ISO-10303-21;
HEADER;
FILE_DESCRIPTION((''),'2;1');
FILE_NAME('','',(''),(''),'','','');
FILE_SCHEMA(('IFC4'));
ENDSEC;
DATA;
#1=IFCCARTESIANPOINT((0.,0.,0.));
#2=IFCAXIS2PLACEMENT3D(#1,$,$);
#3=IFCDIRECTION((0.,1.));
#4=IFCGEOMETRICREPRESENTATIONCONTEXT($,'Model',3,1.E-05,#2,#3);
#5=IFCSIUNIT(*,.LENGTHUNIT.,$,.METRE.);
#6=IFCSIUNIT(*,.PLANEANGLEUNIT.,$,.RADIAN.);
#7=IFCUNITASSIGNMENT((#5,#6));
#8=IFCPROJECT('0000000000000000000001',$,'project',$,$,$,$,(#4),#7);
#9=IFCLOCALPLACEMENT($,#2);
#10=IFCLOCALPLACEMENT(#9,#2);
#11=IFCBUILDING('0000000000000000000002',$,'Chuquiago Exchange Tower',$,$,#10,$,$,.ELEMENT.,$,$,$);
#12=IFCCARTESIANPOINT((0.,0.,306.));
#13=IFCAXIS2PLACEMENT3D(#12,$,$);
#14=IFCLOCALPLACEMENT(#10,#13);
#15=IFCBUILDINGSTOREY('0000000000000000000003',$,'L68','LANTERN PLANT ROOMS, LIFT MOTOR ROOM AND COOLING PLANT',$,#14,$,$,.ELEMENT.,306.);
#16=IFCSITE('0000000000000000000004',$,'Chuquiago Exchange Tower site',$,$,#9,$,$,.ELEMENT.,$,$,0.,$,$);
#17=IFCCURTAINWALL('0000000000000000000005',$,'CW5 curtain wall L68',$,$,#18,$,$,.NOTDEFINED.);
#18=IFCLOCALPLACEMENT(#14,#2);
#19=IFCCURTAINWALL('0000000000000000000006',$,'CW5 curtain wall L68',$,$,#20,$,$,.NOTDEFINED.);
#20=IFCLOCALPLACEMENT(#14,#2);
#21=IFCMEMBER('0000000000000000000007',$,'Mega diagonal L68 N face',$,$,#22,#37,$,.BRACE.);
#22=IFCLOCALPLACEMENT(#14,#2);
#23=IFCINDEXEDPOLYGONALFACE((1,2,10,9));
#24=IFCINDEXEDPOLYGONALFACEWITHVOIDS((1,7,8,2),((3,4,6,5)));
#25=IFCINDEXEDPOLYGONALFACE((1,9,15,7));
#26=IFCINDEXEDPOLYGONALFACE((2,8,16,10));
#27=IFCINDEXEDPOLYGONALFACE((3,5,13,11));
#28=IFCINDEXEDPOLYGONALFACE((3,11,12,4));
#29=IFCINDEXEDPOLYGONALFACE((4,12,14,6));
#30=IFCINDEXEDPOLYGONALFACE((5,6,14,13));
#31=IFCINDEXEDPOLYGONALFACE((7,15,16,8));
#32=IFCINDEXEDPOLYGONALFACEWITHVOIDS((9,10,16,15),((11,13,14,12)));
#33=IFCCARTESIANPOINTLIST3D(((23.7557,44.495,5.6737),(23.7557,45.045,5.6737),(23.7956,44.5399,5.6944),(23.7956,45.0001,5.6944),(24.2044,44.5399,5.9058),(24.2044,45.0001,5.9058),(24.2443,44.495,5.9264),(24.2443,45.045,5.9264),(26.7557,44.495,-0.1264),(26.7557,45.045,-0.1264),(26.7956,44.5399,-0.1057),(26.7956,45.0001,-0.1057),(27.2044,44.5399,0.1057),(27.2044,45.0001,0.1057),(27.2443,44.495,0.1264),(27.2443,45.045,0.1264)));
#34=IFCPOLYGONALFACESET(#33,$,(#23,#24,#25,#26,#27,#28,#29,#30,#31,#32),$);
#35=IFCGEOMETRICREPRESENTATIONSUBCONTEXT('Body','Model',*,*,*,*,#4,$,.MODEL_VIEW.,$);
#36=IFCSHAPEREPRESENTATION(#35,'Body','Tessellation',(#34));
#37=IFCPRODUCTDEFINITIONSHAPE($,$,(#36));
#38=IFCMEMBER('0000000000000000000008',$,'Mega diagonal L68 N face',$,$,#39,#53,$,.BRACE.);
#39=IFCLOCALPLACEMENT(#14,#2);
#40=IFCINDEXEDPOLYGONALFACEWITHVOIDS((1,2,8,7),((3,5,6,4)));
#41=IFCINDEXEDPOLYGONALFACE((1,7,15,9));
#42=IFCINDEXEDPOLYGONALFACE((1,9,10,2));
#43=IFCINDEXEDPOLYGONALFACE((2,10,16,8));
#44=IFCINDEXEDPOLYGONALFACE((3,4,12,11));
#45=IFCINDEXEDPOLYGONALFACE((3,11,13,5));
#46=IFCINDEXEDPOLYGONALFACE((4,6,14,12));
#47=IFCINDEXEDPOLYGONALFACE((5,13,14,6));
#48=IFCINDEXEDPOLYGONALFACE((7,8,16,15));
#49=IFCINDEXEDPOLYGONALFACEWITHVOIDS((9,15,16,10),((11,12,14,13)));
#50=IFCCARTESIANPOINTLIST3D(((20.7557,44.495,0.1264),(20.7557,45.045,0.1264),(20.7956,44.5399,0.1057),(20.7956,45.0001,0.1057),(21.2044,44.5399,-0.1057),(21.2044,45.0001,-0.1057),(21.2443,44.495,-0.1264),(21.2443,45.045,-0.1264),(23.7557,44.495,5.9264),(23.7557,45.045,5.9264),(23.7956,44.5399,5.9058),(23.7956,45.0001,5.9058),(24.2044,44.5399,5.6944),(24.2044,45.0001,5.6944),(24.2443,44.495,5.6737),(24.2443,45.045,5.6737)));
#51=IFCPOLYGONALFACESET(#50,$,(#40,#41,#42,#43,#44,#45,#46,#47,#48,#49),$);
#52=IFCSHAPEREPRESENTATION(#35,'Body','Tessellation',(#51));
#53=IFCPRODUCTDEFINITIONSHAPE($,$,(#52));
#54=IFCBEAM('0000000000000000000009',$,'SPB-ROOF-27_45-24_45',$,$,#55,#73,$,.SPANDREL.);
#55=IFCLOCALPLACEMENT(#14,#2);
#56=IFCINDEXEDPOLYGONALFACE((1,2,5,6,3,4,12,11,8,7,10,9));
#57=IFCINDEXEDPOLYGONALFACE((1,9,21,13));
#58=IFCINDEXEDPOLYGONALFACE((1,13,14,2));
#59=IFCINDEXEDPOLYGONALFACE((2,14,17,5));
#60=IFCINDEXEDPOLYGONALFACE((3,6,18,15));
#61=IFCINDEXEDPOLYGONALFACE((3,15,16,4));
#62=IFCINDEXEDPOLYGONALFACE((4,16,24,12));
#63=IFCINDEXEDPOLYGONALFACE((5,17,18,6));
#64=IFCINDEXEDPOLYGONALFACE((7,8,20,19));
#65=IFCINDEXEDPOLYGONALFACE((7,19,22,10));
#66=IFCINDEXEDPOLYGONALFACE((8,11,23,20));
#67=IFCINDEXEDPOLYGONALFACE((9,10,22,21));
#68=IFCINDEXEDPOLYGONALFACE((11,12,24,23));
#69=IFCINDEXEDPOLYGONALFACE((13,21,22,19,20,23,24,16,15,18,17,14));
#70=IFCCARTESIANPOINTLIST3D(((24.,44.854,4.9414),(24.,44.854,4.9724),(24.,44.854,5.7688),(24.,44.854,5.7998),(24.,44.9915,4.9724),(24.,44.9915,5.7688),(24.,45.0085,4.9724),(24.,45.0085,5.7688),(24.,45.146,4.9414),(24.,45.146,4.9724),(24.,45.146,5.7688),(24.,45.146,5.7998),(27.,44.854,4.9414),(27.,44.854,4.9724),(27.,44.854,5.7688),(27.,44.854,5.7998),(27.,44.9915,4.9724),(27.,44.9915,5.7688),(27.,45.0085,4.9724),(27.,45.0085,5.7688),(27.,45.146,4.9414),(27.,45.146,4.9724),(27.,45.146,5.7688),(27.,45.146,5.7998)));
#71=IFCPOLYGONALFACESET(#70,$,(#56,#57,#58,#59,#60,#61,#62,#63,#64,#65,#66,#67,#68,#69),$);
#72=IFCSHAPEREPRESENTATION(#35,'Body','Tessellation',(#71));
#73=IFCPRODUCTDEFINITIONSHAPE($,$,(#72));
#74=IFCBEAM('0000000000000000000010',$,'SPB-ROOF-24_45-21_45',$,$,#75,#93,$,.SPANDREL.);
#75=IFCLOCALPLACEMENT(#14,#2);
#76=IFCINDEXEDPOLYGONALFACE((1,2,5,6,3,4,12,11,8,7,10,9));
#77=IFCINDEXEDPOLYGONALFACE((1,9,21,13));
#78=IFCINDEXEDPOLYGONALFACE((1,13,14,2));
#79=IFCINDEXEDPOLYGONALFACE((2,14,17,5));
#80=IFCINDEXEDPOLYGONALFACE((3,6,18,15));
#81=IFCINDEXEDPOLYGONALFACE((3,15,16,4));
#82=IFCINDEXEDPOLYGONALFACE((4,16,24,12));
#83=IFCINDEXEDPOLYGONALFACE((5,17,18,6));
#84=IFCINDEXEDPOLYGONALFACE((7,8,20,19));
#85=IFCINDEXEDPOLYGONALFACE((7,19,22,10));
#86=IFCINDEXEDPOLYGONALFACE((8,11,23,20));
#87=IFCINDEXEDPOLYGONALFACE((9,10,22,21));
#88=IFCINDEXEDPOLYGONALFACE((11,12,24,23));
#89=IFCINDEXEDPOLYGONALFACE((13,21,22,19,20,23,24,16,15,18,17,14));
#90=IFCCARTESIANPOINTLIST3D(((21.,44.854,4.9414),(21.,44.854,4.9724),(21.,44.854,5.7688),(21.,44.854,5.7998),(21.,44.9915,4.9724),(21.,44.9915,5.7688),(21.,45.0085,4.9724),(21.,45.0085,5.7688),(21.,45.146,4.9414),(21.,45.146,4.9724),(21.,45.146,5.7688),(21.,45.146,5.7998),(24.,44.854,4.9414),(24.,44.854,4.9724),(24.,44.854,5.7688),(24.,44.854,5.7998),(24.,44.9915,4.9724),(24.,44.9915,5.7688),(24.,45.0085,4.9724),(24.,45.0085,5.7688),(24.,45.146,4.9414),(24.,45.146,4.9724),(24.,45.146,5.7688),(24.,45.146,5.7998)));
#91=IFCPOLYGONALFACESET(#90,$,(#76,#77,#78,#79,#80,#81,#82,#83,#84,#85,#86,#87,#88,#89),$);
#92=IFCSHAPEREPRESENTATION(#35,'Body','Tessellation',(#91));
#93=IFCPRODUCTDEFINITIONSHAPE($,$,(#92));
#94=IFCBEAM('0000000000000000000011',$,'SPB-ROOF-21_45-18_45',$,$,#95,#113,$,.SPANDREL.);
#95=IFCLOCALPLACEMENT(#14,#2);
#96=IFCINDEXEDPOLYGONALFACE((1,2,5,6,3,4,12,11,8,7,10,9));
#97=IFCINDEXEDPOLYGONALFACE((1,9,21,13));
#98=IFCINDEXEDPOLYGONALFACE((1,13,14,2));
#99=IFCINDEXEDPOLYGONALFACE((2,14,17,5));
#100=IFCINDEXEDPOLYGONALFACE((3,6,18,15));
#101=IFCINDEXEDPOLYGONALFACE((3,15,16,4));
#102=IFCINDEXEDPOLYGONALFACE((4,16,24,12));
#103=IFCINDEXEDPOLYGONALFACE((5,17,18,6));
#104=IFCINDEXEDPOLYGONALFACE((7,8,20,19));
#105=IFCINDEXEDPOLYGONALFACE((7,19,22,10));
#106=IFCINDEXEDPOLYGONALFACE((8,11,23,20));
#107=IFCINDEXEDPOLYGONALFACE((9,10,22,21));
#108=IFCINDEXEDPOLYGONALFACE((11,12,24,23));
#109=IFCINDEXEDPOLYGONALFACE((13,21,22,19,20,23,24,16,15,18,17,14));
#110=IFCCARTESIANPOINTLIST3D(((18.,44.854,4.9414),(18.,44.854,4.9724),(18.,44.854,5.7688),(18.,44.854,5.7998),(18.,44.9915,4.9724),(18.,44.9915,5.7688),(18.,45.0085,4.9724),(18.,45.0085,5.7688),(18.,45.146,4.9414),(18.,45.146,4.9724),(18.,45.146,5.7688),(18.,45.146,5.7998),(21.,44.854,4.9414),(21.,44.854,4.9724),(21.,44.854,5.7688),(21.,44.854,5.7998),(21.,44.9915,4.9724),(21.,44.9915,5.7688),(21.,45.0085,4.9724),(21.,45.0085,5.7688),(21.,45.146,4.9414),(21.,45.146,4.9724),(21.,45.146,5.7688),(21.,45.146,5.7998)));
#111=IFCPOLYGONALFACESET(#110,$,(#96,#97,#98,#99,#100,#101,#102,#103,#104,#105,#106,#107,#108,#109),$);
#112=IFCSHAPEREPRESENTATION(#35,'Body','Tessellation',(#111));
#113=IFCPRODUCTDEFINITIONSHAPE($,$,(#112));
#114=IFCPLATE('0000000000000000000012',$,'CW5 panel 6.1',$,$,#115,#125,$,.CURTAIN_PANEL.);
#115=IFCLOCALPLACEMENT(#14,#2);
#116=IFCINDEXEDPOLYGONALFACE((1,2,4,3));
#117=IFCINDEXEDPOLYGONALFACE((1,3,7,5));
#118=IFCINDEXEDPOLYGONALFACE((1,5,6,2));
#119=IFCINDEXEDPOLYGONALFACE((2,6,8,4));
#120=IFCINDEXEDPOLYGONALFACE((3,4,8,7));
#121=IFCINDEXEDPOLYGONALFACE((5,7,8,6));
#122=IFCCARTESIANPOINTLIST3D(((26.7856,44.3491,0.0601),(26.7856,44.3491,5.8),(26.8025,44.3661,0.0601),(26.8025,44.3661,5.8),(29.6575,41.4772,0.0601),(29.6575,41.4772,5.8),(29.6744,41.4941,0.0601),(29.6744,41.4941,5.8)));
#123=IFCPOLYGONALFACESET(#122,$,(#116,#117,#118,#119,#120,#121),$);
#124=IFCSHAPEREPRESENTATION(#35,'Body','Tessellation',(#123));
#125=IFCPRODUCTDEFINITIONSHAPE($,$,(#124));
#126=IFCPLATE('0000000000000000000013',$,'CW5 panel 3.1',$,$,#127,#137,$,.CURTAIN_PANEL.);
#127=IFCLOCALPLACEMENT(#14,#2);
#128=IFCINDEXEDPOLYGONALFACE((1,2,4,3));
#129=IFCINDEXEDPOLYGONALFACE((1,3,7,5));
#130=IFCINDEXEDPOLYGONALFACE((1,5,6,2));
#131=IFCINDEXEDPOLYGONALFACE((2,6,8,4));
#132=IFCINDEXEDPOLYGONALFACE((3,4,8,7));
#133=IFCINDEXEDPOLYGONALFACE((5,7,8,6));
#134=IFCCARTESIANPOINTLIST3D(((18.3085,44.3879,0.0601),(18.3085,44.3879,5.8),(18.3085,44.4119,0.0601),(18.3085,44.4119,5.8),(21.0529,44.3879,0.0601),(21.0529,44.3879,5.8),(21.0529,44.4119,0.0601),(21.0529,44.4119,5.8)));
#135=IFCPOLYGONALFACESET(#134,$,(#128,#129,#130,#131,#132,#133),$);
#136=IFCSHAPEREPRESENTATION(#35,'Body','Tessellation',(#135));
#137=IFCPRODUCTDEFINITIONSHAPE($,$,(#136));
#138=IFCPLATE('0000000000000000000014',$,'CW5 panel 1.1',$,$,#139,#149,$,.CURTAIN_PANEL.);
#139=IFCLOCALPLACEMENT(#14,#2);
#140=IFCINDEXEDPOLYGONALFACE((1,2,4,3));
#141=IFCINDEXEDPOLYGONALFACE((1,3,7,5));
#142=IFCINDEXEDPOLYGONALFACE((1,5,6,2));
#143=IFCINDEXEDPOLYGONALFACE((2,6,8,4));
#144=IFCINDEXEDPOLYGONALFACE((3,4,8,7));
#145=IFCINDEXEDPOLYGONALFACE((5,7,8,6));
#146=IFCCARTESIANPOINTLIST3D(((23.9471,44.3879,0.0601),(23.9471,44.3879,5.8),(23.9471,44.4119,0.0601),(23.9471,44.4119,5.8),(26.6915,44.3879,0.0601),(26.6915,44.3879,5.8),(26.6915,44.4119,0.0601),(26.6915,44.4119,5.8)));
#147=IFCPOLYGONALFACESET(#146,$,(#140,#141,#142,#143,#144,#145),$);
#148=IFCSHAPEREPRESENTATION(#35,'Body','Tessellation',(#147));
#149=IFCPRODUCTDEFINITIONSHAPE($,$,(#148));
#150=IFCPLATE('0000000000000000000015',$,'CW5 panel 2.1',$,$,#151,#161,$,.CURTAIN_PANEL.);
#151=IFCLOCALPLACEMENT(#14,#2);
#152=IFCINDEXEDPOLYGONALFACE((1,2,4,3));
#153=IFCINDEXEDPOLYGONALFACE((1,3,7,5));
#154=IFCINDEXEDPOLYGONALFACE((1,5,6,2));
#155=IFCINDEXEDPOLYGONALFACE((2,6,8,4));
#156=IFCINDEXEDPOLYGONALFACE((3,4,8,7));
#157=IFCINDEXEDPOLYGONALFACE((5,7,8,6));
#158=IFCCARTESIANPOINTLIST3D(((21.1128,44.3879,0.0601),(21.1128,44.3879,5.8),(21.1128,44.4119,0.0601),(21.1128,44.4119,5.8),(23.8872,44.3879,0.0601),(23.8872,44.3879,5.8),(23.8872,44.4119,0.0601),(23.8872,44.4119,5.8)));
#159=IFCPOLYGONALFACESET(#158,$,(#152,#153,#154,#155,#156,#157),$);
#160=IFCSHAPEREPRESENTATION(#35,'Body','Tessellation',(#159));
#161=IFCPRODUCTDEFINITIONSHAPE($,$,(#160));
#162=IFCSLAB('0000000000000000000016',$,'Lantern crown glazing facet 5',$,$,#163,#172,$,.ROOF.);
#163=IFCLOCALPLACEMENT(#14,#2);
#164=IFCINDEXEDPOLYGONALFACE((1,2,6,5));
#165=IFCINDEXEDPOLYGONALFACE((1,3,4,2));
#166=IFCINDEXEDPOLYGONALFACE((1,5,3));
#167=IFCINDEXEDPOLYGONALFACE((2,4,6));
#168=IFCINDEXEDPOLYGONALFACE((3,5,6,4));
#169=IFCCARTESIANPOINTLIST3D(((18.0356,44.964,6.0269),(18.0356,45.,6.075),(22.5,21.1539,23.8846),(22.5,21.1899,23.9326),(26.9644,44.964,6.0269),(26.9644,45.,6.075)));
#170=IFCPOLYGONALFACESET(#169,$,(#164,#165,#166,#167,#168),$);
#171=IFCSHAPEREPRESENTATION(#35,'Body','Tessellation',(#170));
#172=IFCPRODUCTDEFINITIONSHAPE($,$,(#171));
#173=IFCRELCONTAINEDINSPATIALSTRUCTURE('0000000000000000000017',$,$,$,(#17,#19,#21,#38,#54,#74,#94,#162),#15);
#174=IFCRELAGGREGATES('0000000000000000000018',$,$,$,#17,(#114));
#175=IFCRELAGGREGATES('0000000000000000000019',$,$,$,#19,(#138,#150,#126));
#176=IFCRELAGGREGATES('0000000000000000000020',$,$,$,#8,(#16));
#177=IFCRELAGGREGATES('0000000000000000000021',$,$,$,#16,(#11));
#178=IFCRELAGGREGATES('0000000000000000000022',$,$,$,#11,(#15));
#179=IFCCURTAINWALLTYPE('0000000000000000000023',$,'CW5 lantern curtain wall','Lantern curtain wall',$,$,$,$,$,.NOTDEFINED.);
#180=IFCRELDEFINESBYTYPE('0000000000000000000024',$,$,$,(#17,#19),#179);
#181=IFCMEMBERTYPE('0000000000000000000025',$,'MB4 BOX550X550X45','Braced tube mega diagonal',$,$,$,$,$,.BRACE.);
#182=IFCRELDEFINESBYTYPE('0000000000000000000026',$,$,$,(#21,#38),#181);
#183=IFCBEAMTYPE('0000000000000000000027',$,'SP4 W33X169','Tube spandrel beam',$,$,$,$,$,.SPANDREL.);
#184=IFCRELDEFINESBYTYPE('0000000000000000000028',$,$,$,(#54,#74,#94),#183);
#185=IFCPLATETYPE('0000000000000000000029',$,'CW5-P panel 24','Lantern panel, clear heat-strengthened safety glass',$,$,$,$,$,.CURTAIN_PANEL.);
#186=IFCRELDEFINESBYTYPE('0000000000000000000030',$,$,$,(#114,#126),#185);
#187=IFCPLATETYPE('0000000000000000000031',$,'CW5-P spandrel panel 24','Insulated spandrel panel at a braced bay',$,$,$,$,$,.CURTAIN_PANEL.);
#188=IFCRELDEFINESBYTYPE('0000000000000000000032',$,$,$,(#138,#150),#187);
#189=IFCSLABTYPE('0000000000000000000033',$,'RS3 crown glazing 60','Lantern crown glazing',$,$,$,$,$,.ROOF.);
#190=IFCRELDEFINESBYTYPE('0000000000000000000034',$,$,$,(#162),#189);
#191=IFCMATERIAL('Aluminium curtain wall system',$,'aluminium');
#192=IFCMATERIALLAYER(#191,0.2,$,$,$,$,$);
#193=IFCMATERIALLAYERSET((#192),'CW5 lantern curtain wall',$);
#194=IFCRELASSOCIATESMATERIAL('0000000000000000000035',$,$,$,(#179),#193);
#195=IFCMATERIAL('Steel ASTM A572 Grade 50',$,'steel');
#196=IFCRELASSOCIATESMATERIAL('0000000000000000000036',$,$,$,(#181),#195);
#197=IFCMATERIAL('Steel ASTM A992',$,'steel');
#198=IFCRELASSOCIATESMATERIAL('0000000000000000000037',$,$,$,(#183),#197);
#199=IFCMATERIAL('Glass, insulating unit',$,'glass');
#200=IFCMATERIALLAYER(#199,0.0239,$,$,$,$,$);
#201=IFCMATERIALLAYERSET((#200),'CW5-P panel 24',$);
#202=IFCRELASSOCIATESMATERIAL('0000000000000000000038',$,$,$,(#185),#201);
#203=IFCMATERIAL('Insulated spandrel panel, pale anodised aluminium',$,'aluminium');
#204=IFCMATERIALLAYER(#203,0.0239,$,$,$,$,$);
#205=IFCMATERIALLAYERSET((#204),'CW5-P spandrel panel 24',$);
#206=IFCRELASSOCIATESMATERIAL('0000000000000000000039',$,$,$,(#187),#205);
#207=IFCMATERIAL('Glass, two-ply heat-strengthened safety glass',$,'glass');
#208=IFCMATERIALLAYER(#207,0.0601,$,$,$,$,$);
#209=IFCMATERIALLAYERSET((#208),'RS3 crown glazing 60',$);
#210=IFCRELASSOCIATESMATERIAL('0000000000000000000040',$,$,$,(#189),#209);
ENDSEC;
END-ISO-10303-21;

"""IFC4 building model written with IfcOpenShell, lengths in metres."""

from ifc_helpers import new_model, si_unit, direction, frame, origin, origin_2d, place, context, subcontext, project, spatial, polyline, rectangle, hollow_rectangle, i_section, outline, extrude, material, layer, layer_set, material_profile, profile_set, type_object, element, aggregate, save


model = new_model("IFC4")

# Units and contexts
model_context = context("Model", 3, precision=1e-05, world=origin(), true_north=direction((0.0, 1.0)))
body_context = subcontext(model_context, "Body", "Model", "MODEL_VIEW")
ifc_project = project(units=[si_unit("LENGTHUNIT", "METRE"), si_unit("PLANEANGLEUNIT", "RADIAN")], contexts=[model_context])

# Site, building, storey
site_placement = place(None, origin())
site = spatial("IfcSite", under=ifc_project, at=site_placement, Name="Chuquiago Exchange Tower site", CompositionType="ELEMENT", RefElevation=0.0)
building_placement = place(site_placement, origin())
building = spatial("IfcBuilding", under=site, at=building_placement, Name="Chuquiago Exchange Tower", CompositionType="ELEMENT")
storey_placement = place(building_placement, frame((0.0, 0.0, 306.0)))
storey = spatial("IfcBuildingStorey", under=building, at=storey_placement, Name="L68", Description="LANTERN PLANT ROOMS, LIFT MOTOR ROOM AND COOLING PLANT", CompositionType="ELEMENT", Elevation=306.0)

# Curtain wall
ifc_material_1 = material(Name="Aluminium curtain wall system", Category="aluminium")
ifc_layer_1 = layer(ifc_material_1, 0.2)
ifc_layer_set_1 = layer_set([ifc_layer_1], Name="CW5 lantern curtain wall")
curtain_wall_type = type_object("IfcCurtainWallType", Name="CW5 lantern curtain wall", Description="Lantern curtain wall", PredefinedType="NOTDEFINED", material=ifc_layer_set_1)
curtain_wall_1_placement = place(storey_placement, origin())
curtain_wall_1 = element("IfcCurtainWall", 1, at=curtain_wall_1_placement, inside=storey, type_object=curtain_wall_type, Name="CW5 curtain wall L68", PredefinedType="NOTDEFINED")

# Curtain wall
curtain_wall_2_placement = place(storey_placement, origin())
curtain_wall_2 = element("IfcCurtainWall", 2, at=curtain_wall_2_placement, inside=storey, type_object=curtain_wall_type, Name="CW5 curtain wall L68", PredefinedType="NOTDEFINED")

# Members
ifc_material_2 = material(Name="Steel ASTM A572 Grade 50", Category="steel")
ifc_material_profile_1 = material_profile(ifc_material_2, hollow_rectangle(XDim=0.55, YDim=0.55, WallThickness=0.0449, at=origin_2d()), Name="BOX550X550X45")
ifc_profile_set_1 = profile_set([ifc_material_profile_1], Name="Steel ASTM A572 Grade 50")
member_type_1 = type_object("IfcMemberType", Name="MB4 BOX550X550X45", Description="Braced tube mega diagonal", PredefinedType="BRACE", material=ifc_profile_set_1)
for number, where, z_axis, x_axis, name in (
    (3, (27.0, 44.77, 0.0), (-0.45942, 0.0, 0.888219), (0.0, -1.0, 0.0), "Mega diagonal L68 N face"),
    (4, (21.0, 44.77, 0.0), (0.45942, 0.0, 0.888219), (0.0, 1.0, 0.0), "Mega diagonal L68 N face"),
):
    element("IfcMember", number, at=place(storey_placement, frame(where, z_axis=z_axis, x_axis=x_axis)), inside=storey, type_object=member_type_1, Name=name, PredefinedType="BRACE", context=body_context, shape_type="SweptSolid", body=[
        extrude(hollow_rectangle(XDim=0.55, YDim=0.55, WallThickness=0.0449, at=origin_2d()), origin(), (0.0, 0.0, 1.0), 6.53),
    ])

# Beams
ifc_material_3 = material(Name="Steel ASTM A992", Category="steel")
ifc_material_profile_2 = material_profile(ifc_material_3, i_section(OverallWidth=0.292, OverallDepth=0.8584, WebThickness=0.0171, FlangeThickness=0.031, at=origin_2d()), Name="W33X169")
ifc_profile_set_2 = profile_set([ifc_material_profile_2], Name="Steel ASTM A992")
beam_type = type_object("IfcBeamType", Name="SP4 W33X169", Description="Tube spandrel beam", PredefinedType="SPANDREL", material=ifc_profile_set_2)
for number, where, z_axis, x_axis, name in (
    (5, (27.0, 45.0, 5.3706), (-1.0, 0.0, 0.0), (0.0, -1.0, 0.0), "SPB-ROOF-27_45-24_45"),
    (6, (24.0, 45.0, 5.3706), (-1.0, 0.0, 0.0), (0.0, -1.0, 0.0), "SPB-ROOF-24_45-21_45"),
    (7, (21.0, 45.0, 5.3706), (-1.0, 0.0, 0.0), (0.0, -1.0, 0.0), "SPB-ROOF-21_45-18_45"),
):
    element("IfcBeam", number, at=place(storey_placement, frame(where, z_axis=z_axis, x_axis=x_axis)), inside=storey, type_object=beam_type, Name=name, PredefinedType="SPANDREL", context=body_context, shape_type="SweptSolid", body=[
        extrude(i_section(OverallWidth=0.292, OverallDepth=0.8584, WebThickness=0.0171, FlangeThickness=0.031, at=origin_2d()), origin(), (0.0, 0.0, 1.0), 3.0),
    ])

# Plates
ifc_material_4 = material(Name="Glass, insulating unit", Category="glass")
ifc_layer_2 = layer(ifc_material_4, 0.0239)
ifc_layer_set_2 = layer_set([ifc_layer_2], Name="CW5-P panel 24")
plate_type_1 = type_object("IfcPlateType", Name="CW5-P panel 24", Description="Lantern panel, clear heat-strengthened safety glass", PredefinedType="CURTAIN_PANEL", material=ifc_layer_set_2)
plate_1_placement = place(storey_placement, frame((28.23, 42.9216, 0.0601), z_axis=(0.0, 0.0, 1.0), x_axis=(-0.707105, 0.707109, 0.0)))
plate_1 = element("IfcPlate", 8, at=plate_1_placement, type_object=plate_type_1, Name="CW5 panel 6.1", PredefinedType="CURTAIN_PANEL", context=body_context, shape_type="SweptSolid", body=[
    extrude(rectangle(XDim=4.0615, YDim=0.0239, at=origin_2d()), origin(), (0.0, 0.0, 1.0), 5.74),
])
aggregate(curtain_wall_1, [plate_1])
plate_2_placement = place(storey_placement, frame((19.6807, 44.3999, 0.0601), z_axis=(0.0, 0.0, 1.0), x_axis=(-1.0, 0.0, 0.0)))
plate_2 = element("IfcPlate", 9, at=plate_2_placement, type_object=plate_type_1, Name="CW5 panel 3.1", PredefinedType="CURTAIN_PANEL", context=body_context, shape_type="SweptSolid", body=[
    extrude(rectangle(XDim=2.7444, YDim=0.0239, at=origin_2d()), origin(), (0.0, 0.0, 1.0), 5.74),
])
ifc_material_5 = material(Name="Insulated spandrel panel, pale anodised aluminium", Category="aluminium")
ifc_layer_3 = layer(ifc_material_5, 0.0239)
ifc_layer_set_3 = layer_set([ifc_layer_3], Name="CW5-P spandrel panel 24")
plate_type_2 = type_object("IfcPlateType", Name="CW5-P spandrel panel 24", Description="Insulated spandrel panel at a braced bay", PredefinedType="CURTAIN_PANEL", material=ifc_layer_set_3)
plate_3_placement = place(storey_placement, frame((25.3193, 44.3999, 0.0601), z_axis=(0.0, 0.0, 1.0), x_axis=(-1.0, 0.0, 0.0)))
plate_3 = element("IfcPlate", 10, at=plate_3_placement, type_object=plate_type_2, Name="CW5 panel 1.1", PredefinedType="CURTAIN_PANEL", context=body_context, shape_type="SweptSolid", body=[
    extrude(rectangle(XDim=2.7444, YDim=0.0239, at=origin_2d()), origin(), (0.0, 0.0, 1.0), 5.74),
])
plate_4_placement = place(storey_placement, frame((22.5, 44.3999, 0.0601), z_axis=(0.0, 0.0, 1.0), x_axis=(-1.0, 0.0, 0.0)))
plate_4 = element("IfcPlate", 11, at=plate_4_placement, type_object=plate_type_2, Name="CW5 panel 2.1", PredefinedType="CURTAIN_PANEL", context=body_context, shape_type="SweptSolid", body=[
    extrude(rectangle(XDim=2.7744, YDim=0.0239, at=origin_2d()), origin(), (0.0, 0.0, 1.0), 5.74),
])
aggregate(curtain_wall_2, [plate_3, plate_4, plate_2])

# Slab
ifc_material_6 = material(Name="Glass, two-ply heat-strengthened safety glass", Category="glass")
ifc_layer_4 = layer(ifc_material_6, 0.0601)
ifc_layer_set_4 = layer_set([ifc_layer_4], Name="RS3 crown glazing 60")
slab_type = type_object("IfcSlabType", Name="RS3 crown glazing 60", Description="Lantern crown glazing", PredefinedType="ROOF", material=ifc_layer_set_4)
slab_placement = place(storey_placement, frame((26.9644, 45.0, 6.075), z_axis=(0.0, 0.600003, 0.799998), x_axis=(-1.0, 0.0, 0.0)))
element("IfcSlab", 12, at=slab_placement, inside=storey, type_object=slab_type, Name="Lantern crown glazing facet 5", PredefinedType="ROOF", context=body_context, shape_type="SweptSolid", body=[
    extrude(outline(polyline([(0.0, 0.0), (8.9287, 0.0), (4.4644, 29.7626), (0.0, 0.0)])), origin(), (0.0, 0.0, -1.0), 0.0601),
])

save(model, "model.ifc")
